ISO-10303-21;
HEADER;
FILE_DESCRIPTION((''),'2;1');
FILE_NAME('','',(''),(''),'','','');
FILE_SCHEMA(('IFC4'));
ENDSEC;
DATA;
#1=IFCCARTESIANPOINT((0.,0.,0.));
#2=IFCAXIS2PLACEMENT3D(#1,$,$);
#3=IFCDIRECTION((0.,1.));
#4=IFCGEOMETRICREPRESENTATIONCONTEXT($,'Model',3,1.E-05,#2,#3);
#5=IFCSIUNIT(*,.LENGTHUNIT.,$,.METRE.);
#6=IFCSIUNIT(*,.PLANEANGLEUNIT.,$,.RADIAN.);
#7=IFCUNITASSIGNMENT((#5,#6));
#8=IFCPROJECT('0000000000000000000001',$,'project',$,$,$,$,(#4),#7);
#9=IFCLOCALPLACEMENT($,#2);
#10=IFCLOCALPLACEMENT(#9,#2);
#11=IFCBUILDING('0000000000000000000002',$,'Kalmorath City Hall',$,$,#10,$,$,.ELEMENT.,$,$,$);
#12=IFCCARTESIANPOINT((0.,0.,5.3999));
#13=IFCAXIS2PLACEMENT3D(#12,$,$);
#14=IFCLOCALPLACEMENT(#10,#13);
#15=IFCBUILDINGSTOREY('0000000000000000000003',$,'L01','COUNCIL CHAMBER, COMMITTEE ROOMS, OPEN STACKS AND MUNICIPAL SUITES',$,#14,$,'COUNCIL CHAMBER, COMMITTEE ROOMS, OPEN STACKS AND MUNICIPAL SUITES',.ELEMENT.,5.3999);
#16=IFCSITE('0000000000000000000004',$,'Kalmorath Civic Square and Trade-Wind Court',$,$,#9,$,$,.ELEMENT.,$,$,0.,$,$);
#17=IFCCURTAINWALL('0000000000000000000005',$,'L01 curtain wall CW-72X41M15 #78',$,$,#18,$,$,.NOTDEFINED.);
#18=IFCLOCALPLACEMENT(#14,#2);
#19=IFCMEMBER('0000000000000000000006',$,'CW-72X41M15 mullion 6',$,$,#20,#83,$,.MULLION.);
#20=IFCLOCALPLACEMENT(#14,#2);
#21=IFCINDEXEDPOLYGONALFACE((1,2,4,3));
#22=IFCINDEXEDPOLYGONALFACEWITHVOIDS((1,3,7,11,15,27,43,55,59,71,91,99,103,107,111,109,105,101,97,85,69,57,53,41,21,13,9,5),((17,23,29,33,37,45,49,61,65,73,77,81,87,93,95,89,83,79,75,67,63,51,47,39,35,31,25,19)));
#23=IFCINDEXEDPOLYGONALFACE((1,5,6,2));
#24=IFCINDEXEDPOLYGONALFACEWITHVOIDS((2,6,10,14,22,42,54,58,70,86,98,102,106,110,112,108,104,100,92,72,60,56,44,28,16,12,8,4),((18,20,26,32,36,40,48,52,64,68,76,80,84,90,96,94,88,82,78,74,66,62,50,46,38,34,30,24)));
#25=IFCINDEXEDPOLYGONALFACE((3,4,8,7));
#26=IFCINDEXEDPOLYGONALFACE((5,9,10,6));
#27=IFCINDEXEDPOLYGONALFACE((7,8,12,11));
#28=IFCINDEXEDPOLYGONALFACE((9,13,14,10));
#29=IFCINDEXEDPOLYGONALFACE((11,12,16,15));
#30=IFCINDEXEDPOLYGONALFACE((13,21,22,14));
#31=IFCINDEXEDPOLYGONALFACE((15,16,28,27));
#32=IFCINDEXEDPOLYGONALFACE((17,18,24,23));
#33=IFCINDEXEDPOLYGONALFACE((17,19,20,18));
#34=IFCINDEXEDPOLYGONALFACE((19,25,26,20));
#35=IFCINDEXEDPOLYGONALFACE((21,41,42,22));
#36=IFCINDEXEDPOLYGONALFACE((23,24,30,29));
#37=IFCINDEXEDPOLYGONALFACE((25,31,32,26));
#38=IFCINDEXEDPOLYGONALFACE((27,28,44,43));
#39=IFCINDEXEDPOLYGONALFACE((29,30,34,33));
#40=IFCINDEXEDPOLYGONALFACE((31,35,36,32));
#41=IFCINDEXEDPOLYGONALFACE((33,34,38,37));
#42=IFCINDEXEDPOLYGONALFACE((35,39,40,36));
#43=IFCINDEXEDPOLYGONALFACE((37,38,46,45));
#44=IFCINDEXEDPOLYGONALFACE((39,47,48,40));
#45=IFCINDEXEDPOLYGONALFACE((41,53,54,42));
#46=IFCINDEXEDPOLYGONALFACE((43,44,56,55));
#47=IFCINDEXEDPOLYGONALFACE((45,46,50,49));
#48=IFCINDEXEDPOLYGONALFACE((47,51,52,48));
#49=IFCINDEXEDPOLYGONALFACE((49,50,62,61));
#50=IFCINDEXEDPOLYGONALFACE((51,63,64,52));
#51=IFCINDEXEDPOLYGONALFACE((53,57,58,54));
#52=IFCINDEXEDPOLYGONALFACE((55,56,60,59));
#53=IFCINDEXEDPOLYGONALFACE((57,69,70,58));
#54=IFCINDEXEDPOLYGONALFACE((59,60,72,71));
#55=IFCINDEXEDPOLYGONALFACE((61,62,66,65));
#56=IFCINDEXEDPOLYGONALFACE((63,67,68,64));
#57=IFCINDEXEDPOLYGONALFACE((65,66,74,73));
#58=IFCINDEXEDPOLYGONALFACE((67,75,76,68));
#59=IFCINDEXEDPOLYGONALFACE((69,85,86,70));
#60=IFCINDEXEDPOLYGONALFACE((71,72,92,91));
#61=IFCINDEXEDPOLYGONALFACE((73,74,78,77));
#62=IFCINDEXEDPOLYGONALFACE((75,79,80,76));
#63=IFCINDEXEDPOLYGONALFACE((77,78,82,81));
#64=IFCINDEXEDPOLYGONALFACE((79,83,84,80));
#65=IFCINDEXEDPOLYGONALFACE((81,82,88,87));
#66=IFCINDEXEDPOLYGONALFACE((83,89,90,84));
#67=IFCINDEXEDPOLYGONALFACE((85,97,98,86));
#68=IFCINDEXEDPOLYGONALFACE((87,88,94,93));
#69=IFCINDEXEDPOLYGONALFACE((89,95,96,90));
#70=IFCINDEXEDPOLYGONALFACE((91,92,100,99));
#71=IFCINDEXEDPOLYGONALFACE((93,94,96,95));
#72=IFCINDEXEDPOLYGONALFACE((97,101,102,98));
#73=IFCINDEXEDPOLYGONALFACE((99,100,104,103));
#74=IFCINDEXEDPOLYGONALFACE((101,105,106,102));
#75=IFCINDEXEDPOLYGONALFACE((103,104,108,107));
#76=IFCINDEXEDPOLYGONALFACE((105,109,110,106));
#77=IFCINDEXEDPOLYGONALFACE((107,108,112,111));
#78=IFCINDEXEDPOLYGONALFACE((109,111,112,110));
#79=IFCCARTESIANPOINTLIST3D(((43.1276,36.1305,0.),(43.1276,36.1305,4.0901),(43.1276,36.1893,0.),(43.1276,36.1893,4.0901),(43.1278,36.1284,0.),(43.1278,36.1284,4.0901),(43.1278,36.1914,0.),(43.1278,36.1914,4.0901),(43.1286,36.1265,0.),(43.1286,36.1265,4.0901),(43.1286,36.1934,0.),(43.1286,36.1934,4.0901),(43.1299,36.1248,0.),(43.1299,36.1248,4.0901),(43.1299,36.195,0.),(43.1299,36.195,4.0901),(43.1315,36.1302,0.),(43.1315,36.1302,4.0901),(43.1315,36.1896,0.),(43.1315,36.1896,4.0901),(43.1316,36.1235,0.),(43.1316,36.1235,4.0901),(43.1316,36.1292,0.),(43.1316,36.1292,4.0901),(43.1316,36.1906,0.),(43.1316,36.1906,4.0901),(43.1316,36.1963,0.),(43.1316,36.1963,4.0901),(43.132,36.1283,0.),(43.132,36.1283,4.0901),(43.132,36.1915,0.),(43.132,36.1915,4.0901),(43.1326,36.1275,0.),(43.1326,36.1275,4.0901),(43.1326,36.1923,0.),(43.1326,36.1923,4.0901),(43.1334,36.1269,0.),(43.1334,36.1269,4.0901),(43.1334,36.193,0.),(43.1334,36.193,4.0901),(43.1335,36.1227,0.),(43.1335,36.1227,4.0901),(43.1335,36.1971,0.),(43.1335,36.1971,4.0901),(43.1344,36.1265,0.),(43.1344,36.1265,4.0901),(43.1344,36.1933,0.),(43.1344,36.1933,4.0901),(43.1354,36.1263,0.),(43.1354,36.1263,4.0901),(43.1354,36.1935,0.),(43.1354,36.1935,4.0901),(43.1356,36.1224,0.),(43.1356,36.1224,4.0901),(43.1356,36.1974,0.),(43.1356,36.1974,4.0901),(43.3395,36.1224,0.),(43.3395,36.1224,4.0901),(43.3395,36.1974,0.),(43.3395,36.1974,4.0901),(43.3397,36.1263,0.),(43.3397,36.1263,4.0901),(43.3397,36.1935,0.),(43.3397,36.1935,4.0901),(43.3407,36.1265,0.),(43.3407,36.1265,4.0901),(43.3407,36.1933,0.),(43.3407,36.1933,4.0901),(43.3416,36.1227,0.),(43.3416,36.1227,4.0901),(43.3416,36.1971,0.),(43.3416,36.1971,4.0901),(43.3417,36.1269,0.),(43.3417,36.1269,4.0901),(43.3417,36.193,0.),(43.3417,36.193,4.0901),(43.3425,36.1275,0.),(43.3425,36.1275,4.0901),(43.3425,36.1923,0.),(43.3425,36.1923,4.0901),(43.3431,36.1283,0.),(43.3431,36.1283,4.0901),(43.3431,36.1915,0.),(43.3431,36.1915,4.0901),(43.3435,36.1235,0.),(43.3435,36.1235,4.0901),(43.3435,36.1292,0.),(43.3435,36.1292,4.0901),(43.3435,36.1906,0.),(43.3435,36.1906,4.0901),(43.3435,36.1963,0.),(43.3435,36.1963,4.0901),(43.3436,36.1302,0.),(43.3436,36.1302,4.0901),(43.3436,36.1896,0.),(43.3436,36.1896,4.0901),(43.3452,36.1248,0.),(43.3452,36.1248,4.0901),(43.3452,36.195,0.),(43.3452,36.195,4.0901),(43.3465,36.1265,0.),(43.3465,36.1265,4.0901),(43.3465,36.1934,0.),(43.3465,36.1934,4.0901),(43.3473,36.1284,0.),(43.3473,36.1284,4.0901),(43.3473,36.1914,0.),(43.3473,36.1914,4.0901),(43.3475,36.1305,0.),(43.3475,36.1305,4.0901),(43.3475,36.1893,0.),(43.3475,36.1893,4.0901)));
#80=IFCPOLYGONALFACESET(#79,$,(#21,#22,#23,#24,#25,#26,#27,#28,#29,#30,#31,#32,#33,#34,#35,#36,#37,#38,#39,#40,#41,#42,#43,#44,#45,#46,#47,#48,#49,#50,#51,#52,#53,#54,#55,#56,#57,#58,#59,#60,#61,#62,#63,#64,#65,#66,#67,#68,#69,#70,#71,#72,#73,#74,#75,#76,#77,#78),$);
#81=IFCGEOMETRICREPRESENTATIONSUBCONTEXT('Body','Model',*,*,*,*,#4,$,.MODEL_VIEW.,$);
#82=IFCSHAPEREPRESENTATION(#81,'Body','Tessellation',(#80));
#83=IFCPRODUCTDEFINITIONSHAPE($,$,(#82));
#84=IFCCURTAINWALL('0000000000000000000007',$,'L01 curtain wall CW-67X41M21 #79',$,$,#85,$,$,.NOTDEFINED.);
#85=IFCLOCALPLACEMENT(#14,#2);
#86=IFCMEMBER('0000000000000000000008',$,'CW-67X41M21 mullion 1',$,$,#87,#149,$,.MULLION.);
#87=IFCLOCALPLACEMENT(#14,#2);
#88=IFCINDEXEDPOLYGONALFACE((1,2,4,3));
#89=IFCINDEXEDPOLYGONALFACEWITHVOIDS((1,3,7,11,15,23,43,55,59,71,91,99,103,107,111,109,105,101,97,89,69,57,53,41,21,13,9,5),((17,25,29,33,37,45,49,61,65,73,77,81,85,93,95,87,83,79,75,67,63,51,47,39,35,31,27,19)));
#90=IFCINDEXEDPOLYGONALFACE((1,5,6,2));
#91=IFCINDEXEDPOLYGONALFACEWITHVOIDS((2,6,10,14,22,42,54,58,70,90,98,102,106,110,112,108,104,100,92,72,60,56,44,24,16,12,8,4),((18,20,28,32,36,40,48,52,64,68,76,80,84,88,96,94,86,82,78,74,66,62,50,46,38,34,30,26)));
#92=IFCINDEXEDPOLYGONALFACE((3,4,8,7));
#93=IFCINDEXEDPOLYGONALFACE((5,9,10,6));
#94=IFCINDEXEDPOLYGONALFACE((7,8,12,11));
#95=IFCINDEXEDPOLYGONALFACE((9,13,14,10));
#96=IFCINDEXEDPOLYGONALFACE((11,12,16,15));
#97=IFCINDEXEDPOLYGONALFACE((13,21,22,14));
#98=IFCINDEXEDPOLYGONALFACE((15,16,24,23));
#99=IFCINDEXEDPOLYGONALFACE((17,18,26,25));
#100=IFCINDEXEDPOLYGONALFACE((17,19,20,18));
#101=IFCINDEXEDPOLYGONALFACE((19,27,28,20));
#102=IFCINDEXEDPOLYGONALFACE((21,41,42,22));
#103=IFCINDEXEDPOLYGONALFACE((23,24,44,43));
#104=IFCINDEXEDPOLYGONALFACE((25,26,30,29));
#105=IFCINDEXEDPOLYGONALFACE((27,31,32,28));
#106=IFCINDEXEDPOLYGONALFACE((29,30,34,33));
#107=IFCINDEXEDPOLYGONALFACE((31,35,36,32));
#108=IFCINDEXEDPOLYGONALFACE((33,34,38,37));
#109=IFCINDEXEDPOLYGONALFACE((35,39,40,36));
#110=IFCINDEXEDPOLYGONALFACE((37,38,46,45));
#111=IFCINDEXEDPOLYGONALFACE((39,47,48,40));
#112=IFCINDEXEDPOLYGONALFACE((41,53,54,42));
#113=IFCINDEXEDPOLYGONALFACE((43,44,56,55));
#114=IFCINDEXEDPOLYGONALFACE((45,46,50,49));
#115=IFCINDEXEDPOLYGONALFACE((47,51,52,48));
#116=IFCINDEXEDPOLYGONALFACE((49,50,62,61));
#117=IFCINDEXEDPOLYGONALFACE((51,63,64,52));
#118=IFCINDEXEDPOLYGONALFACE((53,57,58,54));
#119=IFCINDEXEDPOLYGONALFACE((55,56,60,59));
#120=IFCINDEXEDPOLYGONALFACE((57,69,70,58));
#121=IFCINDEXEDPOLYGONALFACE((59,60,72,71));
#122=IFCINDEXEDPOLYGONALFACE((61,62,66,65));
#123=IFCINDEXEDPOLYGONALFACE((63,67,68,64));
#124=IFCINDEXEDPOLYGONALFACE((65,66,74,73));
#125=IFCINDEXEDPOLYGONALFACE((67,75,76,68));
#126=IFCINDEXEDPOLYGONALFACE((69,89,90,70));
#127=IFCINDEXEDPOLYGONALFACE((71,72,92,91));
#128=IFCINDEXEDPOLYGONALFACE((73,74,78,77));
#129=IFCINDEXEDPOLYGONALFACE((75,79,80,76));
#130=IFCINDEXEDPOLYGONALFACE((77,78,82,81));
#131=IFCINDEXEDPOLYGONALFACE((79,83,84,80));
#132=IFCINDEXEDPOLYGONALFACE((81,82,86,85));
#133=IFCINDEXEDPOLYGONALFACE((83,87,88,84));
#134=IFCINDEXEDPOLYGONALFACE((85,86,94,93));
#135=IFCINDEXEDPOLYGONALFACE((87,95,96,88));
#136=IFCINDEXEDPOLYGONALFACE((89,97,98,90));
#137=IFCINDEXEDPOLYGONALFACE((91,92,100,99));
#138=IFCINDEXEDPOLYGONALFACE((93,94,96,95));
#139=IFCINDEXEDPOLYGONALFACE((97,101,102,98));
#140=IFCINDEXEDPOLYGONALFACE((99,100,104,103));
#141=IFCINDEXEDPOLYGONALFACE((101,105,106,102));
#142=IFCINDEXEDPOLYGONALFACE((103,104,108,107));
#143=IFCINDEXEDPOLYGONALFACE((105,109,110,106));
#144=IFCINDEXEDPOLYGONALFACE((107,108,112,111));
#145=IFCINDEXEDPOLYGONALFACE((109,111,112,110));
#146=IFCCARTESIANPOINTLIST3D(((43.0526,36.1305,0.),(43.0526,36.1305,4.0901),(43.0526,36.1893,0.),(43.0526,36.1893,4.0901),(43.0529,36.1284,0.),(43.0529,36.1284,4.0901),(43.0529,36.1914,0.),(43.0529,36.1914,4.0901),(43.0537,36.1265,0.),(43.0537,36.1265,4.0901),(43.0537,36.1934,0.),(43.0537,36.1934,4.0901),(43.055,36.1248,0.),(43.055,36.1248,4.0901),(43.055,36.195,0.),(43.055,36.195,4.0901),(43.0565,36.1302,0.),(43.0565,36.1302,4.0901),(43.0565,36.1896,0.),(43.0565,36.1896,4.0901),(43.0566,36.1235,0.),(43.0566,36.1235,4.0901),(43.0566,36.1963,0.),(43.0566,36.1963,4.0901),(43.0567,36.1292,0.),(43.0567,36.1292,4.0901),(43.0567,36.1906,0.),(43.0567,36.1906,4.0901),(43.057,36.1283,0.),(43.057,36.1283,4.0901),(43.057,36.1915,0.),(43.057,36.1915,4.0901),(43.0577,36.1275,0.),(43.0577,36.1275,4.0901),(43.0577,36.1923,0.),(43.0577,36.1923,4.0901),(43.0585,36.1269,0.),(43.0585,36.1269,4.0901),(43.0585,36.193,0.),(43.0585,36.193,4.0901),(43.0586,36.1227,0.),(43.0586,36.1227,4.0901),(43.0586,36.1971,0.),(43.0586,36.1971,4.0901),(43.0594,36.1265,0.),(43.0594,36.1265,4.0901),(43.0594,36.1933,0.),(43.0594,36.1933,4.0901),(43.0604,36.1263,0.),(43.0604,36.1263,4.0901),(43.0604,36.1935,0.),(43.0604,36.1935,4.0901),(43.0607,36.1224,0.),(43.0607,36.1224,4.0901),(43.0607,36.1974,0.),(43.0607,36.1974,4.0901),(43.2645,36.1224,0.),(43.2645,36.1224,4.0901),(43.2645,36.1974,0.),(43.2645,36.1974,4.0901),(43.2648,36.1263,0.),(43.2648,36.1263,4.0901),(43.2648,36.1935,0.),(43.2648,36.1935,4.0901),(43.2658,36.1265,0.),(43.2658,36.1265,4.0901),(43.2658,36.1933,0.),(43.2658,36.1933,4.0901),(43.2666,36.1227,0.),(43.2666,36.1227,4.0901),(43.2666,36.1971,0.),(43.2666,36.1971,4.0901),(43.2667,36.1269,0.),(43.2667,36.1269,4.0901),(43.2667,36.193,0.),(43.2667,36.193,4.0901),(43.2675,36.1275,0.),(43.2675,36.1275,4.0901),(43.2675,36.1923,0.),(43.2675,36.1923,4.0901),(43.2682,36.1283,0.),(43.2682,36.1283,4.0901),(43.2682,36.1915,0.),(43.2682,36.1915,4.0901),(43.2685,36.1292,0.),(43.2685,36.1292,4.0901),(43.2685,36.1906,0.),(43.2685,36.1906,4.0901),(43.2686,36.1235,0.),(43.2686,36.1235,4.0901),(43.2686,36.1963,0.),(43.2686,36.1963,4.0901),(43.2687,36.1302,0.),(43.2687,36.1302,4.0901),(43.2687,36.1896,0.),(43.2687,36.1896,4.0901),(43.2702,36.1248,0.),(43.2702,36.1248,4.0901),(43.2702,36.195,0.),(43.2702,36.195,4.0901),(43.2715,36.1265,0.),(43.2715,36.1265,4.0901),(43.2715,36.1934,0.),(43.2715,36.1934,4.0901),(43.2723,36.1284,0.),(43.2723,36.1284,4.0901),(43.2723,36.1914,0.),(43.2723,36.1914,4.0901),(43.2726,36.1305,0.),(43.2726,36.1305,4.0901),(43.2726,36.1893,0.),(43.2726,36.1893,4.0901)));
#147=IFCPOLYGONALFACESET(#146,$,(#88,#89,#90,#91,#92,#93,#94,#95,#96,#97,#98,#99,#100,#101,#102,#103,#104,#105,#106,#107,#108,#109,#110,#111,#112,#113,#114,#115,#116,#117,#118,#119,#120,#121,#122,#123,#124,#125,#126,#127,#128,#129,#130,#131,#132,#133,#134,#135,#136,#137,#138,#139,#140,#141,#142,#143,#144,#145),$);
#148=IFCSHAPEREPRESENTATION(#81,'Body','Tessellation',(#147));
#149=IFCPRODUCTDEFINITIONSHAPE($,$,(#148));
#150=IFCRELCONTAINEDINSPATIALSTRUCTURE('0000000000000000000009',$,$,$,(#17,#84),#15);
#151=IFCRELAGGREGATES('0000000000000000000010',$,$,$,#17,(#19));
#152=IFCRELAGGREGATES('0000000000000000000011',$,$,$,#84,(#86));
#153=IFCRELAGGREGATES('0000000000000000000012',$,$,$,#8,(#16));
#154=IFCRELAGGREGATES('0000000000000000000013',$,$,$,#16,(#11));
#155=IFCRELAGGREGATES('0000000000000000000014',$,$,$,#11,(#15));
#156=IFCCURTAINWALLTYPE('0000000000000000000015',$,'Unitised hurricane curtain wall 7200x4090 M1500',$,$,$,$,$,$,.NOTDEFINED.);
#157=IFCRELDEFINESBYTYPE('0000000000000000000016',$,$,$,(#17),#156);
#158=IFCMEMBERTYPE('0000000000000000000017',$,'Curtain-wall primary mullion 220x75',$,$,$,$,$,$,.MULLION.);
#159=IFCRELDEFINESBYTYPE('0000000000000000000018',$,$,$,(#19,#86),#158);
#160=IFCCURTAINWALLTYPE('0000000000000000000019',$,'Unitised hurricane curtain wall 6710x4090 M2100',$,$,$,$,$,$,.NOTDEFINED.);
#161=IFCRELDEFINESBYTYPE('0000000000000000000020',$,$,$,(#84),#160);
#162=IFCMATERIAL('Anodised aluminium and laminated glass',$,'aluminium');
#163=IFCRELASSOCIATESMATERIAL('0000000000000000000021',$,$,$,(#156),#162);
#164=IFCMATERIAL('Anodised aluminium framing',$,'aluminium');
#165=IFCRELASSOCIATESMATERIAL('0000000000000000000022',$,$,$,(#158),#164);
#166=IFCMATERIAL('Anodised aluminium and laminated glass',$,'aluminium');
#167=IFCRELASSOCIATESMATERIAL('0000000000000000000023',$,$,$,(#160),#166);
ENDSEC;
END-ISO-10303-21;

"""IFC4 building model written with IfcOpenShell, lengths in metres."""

from ifc_helpers import new_model, si_unit, direction, frame, origin, origin_2d, place, context, subcontext, project, spatial, hollow_rectangle, extrude, material, material_profile, profile_set, type_object, element, aggregate, save


model = new_model("IFC4")

# Units and contexts
model_context = context("Model", 3, precision=1e-05, world=origin(), true_north=direction((0.0, 1.0)))
body_context = subcontext(model_context, "Body", "Model", "MODEL_VIEW")
ifc_project = project(units=[si_unit("LENGTHUNIT", "METRE"), si_unit("PLANEANGLEUNIT", "RADIAN")], contexts=[model_context])

# Site, building, storey
site_placement = place(None, origin())
site = spatial("IfcSite", under=ifc_project, at=site_placement, Name="Kalmorath Civic Square and Trade-Wind Court", CompositionType="ELEMENT", RefElevation=0.0)
building_placement = place(site_placement, origin())
building = spatial("IfcBuilding", under=site, at=building_placement, Name="Kalmorath City Hall", CompositionType="ELEMENT")
storey_placement = place(building_placement, frame((0.0, 0.0, 5.3999)))
storey = spatial("IfcBuildingStorey", under=building, at=storey_placement, Name="L01", Description="COUNCIL CHAMBER, COMMITTEE ROOMS, OPEN STACKS AND MUNICIPAL SUITES", LongName="COUNCIL CHAMBER, COMMITTEE ROOMS, OPEN STACKS AND MUNICIPAL SUITES", CompositionType="ELEMENT", Elevation=5.3999)

# Curtain wall, member
ifc_material_1 = material(Name="Anodised aluminium and laminated glass", Category="aluminium")
curtain_wall_type_1 = type_object("IfcCurtainWallType", Name="Unitised hurricane curtain wall 7200x4090 M1500", PredefinedType="NOTDEFINED", material=ifc_material_1)
curtain_wall_1_placement = place(storey_placement, origin())
curtain_wall_1 = element("IfcCurtainWall", 1, at=curtain_wall_1_placement, inside=storey, type_object=curtain_wall_type_1, Name="L01 curtain wall CW-72X41M15 #78", PredefinedType="NOTDEFINED")
ifc_material_2 = material(Name="Anodised aluminium framing", Category="aluminium")
ifc_material_profile_1 = material_profile(ifc_material_2, hollow_rectangle(XDim=0.075, YDim=0.22, WallThickness=0.0039, InnerFilletRadius=0.0039, OuterFilletRadius=0.0081, at=origin_2d()), Name="ALU-MUL-220X75X4")
ifc_profile_set_1 = profile_set([ifc_material_profile_1], Name="Anodised aluminium framing")
member_type_1 = type_object("IfcMemberType", Name="Curtain-wall primary mullion 220x75", PredefinedType="MULLION", material=ifc_profile_set_1)
member_1_placement = place(storey_placement, frame((43.2375, 36.1599, 0.0), z_axis=(0.0, 0.0, 1.0), x_axis=(0.0, -1.0, 0.0)))
member_1 = element("IfcMember", 2, at=member_1_placement, type_object=member_type_1, Name="CW-72X41M15 mullion 6", PredefinedType="MULLION", context=body_context, shape_type="SweptSolid", body=[
    extrude(hollow_rectangle(XDim=0.075, YDim=0.22, WallThickness=0.0039, InnerFilletRadius=0.0039, OuterFilletRadius=0.0081, at=origin_2d()), origin(), (0.0, 0.0, 1.0), 4.0901),
])

# Curtain wall, member
ifc_material_3 = material(Name="Anodised aluminium and laminated glass", Category="aluminium")
curtain_wall_type_2 = type_object("IfcCurtainWallType", Name="Unitised hurricane curtain wall 6710x4090 M2100", PredefinedType="NOTDEFINED", material=ifc_material_3)
curtain_wall_2_placement = place(storey_placement, origin())
curtain_wall_2 = element("IfcCurtainWall", 3, at=curtain_wall_2_placement, inside=storey, type_object=curtain_wall_type_2, Name="L01 curtain wall CW-67X41M21 #79", PredefinedType="NOTDEFINED")
member_2_placement = place(storey_placement, frame((43.1626, 36.1599, 0.0), z_axis=(0.0, 0.0, 1.0), x_axis=(0.0, -1.0, 0.0)))
member_2 = element("IfcMember", 4, at=member_2_placement, type_object=member_type_1, Name="CW-67X41M21 mullion 1", PredefinedType="MULLION", context=body_context, shape_type="SweptSolid", body=[
    extrude(hollow_rectangle(XDim=0.075, YDim=0.22, WallThickness=0.0039, InnerFilletRadius=0.0039, OuterFilletRadius=0.0081, at=origin_2d()), origin(), (0.0, 0.0, 1.0), 4.0901),
])

aggregate(curtain_wall_1, [member_1])
aggregate(curtain_wall_2, [member_2])

save(model, "model.ifc")
